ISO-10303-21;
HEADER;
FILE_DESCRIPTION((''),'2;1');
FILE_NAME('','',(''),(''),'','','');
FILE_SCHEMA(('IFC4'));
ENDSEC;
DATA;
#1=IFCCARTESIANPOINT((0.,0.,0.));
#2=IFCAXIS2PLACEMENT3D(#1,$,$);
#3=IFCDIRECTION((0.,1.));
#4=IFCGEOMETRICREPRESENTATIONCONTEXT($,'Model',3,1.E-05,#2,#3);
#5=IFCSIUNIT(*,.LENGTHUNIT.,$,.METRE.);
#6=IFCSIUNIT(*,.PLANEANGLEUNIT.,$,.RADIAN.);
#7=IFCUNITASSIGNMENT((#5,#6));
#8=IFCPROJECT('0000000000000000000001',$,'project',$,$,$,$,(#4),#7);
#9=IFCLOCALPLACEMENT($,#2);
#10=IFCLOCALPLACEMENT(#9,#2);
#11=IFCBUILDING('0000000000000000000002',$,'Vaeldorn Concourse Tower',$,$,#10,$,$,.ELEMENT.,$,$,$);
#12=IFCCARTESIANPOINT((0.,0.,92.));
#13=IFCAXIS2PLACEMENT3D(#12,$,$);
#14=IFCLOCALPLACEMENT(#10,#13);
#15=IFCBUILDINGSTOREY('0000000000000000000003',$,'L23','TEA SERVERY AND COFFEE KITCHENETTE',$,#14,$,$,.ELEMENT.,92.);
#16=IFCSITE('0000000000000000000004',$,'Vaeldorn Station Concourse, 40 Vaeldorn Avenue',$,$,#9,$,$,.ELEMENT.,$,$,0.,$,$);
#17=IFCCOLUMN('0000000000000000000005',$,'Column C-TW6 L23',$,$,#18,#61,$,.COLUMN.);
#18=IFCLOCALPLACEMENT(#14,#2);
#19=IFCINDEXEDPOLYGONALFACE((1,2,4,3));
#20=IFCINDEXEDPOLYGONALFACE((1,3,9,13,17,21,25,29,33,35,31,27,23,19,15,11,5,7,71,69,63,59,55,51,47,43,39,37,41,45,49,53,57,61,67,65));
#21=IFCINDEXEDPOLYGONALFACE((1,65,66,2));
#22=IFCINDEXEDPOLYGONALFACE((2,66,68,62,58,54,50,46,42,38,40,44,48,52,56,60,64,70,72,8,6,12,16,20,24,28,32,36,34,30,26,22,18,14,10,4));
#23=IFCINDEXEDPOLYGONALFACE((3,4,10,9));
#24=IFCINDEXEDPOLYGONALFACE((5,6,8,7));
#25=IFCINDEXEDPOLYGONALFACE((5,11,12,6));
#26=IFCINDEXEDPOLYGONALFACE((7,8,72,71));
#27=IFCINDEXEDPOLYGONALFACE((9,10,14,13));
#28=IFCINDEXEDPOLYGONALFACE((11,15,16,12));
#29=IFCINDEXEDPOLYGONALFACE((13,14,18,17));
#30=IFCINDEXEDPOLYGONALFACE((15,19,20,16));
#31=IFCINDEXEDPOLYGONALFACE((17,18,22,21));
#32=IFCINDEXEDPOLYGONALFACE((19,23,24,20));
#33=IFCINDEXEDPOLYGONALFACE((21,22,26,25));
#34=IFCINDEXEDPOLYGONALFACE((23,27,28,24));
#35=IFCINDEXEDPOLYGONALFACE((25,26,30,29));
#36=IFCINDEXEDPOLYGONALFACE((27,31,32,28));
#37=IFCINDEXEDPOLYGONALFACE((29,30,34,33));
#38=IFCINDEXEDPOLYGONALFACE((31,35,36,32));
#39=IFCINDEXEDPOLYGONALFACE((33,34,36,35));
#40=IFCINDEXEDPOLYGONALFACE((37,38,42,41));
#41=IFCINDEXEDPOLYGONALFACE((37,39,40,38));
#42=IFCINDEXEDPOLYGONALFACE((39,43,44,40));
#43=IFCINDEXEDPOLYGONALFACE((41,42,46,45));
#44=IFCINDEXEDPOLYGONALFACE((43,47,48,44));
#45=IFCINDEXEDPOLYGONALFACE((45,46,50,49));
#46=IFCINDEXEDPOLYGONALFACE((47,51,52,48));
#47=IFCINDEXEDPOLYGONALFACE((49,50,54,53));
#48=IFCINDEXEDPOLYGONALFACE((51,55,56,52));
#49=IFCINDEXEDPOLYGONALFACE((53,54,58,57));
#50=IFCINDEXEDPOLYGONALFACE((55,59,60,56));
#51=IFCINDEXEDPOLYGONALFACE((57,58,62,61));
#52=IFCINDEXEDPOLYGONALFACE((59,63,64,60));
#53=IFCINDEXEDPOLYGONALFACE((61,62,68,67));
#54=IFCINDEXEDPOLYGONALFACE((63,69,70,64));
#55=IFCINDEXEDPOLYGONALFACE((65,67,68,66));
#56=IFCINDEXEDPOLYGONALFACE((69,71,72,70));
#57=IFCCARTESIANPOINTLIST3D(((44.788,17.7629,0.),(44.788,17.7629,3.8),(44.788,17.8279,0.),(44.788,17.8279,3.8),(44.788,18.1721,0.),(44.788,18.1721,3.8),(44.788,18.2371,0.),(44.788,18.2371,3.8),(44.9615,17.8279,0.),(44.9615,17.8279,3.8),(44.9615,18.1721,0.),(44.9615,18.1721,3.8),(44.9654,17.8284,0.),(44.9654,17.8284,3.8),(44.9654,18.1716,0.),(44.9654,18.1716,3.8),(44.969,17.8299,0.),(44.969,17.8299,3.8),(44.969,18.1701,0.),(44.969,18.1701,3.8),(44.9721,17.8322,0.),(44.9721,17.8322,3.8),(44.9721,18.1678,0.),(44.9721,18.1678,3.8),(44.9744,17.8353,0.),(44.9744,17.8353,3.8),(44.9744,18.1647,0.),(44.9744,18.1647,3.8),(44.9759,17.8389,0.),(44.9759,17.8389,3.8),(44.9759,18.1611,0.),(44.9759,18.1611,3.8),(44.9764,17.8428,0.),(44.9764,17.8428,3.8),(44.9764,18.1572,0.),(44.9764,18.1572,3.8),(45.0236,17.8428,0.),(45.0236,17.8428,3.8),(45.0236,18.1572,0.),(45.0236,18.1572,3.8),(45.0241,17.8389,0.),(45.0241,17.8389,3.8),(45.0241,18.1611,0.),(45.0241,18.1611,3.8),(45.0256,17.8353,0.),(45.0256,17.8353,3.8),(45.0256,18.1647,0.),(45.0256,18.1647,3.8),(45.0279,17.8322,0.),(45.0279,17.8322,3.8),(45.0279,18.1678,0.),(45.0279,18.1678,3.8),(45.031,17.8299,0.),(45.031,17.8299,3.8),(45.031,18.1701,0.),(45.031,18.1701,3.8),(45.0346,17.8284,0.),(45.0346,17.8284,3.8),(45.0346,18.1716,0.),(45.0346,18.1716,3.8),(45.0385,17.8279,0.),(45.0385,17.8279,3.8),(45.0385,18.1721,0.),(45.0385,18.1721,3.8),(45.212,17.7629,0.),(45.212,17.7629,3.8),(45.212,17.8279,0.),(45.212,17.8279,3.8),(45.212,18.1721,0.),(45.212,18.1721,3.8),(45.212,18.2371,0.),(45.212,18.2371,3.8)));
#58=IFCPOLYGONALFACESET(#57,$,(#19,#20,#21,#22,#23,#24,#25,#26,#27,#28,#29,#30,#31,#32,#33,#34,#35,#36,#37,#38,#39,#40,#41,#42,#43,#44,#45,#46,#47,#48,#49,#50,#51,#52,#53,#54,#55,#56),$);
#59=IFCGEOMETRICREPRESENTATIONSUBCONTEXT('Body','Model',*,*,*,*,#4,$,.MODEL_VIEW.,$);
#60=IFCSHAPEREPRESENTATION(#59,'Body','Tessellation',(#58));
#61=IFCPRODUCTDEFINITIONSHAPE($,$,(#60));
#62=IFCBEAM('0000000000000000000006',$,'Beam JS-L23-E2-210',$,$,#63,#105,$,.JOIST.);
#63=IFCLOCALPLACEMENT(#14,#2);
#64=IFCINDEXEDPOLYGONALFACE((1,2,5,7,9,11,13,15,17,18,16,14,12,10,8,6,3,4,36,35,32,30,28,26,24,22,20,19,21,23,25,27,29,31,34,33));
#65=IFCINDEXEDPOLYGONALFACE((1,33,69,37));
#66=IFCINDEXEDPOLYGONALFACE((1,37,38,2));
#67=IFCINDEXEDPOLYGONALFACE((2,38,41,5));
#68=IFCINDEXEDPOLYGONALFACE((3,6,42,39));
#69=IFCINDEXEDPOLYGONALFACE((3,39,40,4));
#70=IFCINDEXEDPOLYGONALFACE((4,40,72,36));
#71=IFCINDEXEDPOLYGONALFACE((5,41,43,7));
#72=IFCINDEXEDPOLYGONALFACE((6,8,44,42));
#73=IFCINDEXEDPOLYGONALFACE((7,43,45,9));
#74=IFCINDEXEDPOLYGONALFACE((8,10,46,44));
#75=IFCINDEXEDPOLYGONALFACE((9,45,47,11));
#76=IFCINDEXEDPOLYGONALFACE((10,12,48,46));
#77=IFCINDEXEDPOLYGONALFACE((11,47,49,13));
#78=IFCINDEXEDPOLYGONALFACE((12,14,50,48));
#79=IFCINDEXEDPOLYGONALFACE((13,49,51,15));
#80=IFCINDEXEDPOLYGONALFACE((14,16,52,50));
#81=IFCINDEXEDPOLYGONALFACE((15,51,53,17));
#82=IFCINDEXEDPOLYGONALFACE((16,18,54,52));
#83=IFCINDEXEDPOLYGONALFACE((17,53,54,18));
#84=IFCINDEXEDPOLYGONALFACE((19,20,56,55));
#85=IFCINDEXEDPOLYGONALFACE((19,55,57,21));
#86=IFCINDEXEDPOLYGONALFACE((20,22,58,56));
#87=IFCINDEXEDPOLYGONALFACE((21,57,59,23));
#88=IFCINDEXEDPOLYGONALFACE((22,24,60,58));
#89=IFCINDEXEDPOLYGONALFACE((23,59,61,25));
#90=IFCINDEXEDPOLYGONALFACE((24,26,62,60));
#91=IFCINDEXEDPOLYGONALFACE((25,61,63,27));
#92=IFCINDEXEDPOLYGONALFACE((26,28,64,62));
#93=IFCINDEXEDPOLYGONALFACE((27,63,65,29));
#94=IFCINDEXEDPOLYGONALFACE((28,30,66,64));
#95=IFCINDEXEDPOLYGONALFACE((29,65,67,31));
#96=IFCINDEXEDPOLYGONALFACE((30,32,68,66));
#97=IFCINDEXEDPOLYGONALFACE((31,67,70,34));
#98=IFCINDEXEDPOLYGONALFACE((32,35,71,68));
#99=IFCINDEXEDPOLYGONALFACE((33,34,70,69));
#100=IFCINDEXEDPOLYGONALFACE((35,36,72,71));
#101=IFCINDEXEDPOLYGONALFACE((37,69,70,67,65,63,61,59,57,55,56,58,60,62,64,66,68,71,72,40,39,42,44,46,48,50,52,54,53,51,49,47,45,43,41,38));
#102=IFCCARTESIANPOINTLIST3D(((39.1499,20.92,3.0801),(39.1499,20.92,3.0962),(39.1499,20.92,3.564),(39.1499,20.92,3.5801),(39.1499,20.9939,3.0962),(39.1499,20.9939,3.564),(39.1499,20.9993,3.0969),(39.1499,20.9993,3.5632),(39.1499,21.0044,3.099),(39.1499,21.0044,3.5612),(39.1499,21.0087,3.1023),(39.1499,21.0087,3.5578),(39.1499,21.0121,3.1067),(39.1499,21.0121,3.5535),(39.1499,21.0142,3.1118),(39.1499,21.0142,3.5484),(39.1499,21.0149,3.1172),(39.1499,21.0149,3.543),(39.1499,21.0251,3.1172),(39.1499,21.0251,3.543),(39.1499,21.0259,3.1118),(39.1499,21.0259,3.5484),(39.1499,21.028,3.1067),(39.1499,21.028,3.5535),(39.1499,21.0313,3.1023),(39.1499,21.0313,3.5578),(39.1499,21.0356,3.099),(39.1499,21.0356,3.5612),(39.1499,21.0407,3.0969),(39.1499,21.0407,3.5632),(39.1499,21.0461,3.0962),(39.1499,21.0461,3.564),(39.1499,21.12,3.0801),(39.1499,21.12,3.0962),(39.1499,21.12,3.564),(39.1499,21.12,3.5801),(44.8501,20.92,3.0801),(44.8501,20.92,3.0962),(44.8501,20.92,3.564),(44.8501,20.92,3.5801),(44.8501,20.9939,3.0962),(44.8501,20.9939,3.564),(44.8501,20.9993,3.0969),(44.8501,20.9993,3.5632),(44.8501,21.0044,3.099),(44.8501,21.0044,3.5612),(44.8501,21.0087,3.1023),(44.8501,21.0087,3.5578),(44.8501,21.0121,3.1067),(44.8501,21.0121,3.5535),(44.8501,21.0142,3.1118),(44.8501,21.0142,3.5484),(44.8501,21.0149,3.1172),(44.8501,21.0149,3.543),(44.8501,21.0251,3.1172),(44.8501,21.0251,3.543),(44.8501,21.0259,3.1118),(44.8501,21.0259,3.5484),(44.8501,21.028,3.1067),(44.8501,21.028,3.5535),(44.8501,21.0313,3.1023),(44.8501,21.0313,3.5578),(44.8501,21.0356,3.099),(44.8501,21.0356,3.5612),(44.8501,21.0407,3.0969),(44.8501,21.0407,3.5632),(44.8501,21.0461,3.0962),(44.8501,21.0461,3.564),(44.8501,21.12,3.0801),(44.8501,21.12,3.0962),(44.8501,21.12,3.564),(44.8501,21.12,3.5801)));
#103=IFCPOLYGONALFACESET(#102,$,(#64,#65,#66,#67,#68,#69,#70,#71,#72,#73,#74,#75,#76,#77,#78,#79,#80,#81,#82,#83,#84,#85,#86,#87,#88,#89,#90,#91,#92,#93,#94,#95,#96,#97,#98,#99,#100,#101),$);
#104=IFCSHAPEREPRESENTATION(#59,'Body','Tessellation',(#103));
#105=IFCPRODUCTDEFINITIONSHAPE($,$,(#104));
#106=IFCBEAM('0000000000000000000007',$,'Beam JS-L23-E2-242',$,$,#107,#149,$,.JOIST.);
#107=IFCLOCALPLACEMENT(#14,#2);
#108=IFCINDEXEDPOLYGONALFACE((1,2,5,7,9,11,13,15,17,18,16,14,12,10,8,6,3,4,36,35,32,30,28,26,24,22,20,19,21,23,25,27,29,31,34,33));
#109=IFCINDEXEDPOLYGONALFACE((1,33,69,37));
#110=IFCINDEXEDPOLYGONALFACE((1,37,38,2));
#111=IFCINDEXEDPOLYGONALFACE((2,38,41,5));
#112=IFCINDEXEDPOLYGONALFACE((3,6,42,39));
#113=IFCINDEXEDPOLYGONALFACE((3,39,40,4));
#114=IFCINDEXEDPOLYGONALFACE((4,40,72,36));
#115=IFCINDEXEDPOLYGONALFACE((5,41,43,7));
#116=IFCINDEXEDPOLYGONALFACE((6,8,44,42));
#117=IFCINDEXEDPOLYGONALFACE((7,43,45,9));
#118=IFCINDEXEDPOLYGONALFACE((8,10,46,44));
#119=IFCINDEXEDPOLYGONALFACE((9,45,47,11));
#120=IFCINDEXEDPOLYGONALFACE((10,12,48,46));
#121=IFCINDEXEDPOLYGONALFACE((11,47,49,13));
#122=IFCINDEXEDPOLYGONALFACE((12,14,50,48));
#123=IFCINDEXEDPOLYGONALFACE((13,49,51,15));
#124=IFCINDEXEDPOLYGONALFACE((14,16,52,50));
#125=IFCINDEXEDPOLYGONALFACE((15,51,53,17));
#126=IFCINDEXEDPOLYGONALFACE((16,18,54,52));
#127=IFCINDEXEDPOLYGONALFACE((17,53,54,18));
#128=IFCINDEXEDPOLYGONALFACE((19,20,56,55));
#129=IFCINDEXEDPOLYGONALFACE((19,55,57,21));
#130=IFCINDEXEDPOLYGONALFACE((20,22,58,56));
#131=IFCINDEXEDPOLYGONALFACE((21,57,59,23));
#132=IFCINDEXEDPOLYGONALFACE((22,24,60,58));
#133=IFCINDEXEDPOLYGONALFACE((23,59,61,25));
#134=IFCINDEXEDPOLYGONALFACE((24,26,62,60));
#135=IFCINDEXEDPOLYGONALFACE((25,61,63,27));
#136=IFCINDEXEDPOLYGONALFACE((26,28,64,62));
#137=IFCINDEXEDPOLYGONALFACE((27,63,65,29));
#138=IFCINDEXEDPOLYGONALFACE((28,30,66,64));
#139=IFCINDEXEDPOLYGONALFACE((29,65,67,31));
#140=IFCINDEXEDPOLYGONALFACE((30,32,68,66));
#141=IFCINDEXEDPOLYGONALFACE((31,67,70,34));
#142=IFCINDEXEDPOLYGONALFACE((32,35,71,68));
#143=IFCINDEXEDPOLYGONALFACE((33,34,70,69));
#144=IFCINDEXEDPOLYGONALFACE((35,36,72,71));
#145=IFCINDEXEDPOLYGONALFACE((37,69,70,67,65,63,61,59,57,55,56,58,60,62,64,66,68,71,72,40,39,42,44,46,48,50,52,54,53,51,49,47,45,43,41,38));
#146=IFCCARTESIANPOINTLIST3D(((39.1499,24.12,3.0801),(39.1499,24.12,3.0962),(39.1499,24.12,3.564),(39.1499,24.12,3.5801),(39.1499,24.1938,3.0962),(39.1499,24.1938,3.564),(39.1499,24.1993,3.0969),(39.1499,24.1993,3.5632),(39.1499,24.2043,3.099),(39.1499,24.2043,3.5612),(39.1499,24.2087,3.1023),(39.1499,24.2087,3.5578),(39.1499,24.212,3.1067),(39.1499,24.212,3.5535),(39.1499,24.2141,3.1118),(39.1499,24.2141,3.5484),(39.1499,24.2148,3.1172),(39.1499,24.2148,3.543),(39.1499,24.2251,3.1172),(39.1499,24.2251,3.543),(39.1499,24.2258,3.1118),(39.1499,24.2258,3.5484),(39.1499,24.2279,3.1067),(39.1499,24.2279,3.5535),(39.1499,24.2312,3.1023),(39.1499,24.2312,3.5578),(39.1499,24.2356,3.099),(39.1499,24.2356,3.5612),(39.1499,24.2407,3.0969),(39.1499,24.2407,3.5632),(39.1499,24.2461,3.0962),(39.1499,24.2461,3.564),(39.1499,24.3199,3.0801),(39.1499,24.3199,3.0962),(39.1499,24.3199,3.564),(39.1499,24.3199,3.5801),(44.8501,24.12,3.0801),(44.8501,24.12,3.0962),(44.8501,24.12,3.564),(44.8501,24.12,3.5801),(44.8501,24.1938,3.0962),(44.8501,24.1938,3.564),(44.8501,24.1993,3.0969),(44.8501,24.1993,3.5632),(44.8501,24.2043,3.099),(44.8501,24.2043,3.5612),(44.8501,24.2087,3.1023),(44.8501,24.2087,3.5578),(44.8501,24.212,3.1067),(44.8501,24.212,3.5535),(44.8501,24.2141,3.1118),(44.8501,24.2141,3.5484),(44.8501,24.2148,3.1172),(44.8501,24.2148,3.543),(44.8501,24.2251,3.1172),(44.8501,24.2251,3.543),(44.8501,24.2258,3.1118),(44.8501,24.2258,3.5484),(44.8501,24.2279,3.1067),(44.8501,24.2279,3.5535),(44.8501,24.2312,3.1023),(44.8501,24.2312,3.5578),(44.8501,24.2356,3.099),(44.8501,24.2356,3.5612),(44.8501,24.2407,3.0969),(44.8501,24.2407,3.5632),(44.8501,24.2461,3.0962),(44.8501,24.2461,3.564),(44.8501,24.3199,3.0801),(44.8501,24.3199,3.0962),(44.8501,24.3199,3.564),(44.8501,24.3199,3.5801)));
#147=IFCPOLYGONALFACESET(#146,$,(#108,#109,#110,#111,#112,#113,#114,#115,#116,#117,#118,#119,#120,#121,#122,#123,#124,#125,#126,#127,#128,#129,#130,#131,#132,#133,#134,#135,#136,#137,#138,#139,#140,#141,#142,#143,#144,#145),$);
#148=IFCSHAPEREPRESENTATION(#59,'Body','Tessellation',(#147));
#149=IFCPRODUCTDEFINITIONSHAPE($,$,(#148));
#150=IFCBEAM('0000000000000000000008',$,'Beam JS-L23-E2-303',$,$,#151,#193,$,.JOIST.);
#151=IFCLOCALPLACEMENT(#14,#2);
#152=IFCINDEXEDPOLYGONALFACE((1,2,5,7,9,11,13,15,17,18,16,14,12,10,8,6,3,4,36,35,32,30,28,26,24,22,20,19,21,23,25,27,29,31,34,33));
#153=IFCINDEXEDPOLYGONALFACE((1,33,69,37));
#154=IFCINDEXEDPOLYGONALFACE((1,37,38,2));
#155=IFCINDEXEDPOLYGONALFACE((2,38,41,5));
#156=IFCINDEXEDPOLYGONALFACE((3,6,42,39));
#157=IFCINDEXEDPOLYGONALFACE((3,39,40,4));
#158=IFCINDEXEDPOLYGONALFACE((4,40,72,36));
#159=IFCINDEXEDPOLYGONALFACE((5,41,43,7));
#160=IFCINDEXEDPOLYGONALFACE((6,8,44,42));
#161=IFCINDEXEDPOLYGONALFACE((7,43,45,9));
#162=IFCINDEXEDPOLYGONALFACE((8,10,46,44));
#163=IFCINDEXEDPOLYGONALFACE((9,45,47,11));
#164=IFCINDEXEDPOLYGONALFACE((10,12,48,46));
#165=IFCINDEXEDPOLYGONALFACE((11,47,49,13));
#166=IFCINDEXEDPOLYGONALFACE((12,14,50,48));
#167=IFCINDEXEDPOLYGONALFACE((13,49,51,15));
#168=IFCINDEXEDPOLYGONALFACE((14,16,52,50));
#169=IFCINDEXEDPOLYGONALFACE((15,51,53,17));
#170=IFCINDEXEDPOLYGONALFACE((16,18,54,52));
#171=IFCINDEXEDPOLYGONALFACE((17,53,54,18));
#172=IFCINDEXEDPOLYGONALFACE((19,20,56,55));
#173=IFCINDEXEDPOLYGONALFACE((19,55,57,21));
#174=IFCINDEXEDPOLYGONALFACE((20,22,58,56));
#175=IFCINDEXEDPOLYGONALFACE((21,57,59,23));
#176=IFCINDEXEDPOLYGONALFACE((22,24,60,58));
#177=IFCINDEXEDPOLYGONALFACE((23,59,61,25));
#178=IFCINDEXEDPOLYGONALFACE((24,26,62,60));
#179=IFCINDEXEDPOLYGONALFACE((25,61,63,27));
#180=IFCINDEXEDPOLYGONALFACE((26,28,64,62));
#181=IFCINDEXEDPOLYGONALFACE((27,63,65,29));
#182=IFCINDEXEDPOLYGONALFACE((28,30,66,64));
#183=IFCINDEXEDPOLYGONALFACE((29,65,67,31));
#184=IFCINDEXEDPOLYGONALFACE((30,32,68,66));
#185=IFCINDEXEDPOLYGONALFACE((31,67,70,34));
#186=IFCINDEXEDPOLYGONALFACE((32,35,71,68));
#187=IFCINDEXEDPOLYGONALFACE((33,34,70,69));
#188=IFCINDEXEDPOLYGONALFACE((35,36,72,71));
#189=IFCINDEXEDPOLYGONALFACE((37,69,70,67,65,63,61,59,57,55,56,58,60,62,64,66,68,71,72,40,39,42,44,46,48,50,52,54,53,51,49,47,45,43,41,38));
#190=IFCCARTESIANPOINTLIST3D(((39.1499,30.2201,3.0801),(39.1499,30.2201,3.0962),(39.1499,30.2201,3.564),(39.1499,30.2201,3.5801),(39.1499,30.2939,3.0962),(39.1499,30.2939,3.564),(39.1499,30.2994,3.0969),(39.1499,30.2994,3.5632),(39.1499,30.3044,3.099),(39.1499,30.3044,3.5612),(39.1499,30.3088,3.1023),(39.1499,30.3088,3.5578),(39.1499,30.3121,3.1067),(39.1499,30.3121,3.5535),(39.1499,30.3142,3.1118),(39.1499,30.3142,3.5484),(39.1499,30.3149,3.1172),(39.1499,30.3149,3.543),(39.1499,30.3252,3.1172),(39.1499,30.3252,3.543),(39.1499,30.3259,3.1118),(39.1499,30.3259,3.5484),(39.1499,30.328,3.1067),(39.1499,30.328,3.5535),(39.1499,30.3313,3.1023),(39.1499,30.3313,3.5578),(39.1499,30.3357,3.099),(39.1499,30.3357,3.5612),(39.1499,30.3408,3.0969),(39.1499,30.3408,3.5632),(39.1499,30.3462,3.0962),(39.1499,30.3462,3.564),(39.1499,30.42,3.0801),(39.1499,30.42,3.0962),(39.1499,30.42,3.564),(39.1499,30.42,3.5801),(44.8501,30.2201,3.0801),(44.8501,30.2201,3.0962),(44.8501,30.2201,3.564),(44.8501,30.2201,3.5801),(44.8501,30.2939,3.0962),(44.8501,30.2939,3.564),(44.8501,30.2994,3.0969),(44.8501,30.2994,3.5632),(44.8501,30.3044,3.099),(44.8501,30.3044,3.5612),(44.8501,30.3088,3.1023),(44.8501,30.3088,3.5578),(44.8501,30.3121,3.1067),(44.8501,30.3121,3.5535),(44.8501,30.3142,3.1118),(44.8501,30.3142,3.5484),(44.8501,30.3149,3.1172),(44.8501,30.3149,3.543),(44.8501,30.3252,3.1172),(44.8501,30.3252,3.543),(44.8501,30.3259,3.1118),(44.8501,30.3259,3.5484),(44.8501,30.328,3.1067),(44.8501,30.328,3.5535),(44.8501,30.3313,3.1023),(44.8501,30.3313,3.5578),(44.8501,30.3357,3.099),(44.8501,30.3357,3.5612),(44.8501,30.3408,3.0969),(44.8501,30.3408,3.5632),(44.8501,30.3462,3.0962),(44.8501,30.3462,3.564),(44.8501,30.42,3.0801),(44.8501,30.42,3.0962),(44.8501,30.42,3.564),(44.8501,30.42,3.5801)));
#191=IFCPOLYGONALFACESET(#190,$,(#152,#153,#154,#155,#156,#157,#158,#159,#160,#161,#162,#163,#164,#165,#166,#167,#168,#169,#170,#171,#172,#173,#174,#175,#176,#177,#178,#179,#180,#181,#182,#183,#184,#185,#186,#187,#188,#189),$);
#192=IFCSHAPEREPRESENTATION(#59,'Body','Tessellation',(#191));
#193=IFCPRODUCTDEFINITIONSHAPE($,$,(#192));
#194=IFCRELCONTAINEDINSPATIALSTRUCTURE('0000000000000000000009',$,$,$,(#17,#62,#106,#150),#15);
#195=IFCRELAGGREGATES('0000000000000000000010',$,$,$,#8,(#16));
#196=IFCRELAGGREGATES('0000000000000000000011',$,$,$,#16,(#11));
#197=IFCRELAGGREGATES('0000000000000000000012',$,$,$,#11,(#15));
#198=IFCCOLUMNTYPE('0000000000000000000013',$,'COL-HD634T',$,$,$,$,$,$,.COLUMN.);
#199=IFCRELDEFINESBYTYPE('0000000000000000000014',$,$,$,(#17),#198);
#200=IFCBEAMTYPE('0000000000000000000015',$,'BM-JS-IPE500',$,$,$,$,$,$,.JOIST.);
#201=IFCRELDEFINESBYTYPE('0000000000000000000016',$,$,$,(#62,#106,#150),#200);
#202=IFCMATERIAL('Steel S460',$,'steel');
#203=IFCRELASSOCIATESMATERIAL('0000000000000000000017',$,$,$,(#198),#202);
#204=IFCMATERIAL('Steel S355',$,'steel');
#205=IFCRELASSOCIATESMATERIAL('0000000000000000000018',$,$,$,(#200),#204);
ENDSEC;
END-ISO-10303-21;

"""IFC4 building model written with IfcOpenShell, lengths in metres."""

from ifc_helpers import new_model, si_unit, direction, frame, origin, origin_2d, place, context, subcontext, project, spatial, i_section, extrude, source, transform, mapped, material, material_profile, profile_set, type_object, element, save


model = new_model("IFC4")

# Units and contexts
model_context = context("Model", 3, precision=1e-05, world=origin(), true_north=direction((0.0, 1.0)))
body_context = subcontext(model_context, "Body", "Model", "MODEL_VIEW")
ifc_project = project(units=[si_unit("LENGTHUNIT", "METRE"), si_unit("PLANEANGLEUNIT", "RADIAN")], contexts=[model_context])

# Site, building, storey
site_placement = place(None, origin())
site = spatial("IfcSite", under=ifc_project, at=site_placement, Name="Vaeldorn Station Concourse, 40 Vaeldorn Avenue", CompositionType="ELEMENT", RefElevation=0.0)
building_placement = place(site_placement, origin())
building = spatial("IfcBuilding", under=site, at=building_placement, Name="Vaeldorn Concourse Tower", CompositionType="ELEMENT")
storey_placement = place(building_placement, frame((0.0, 0.0, 92.0)))
storey = spatial("IfcBuildingStorey", under=building, at=storey_placement, Name="L23", Description="TEA SERVERY AND COFFEE KITCHENETTE", CompositionType="ELEMENT", Elevation=92.0)

# Column
ifc_material_1 = material(Name="Steel S460", Category="steel")
ifc_material_profile_1 = material_profile(ifc_material_1, i_section(OverallWidth=0.4241, OverallDepth=0.4741, WebThickness=0.0471, FlangeThickness=0.0649, FilletRadius=0.0149, at=origin_2d()), Name="HD 400x634")
ifc_profile_set_1 = profile_set([ifc_material_profile_1], Name="Steel S460")
column_type_1 = type_object("IfcColumnType", Name="COL-HD634T", PredefinedType="COLUMN", material=ifc_profile_set_1)
shared_shape_1 = source(origin(), body_context, "Body", "SweptSolid", [
    extrude(i_section(OverallWidth=0.4241, OverallDepth=0.4741, WebThickness=0.0471, FlangeThickness=0.0649, FilletRadius=0.0149, at=origin_2d()), origin(), (0.0, 0.0, 1.0), 3.8),
])
for number, where, z_axis, x_axis, name in (
    (1, (45.0, 18.0, 0.0), (0.0, 0.0, 1.0), (1.0, 0.0, 0.0), "Column C-TW6 L23"),
):
    element("IfcColumn", number, at=place(storey_placement, frame(where, z_axis=z_axis, x_axis=x_axis)), inside=storey, type_object=column_type_1, Name=name, PredefinedType="COLUMN", context=body_context, shape_type="MappedRepresentation", body=[
        mapped(shared_shape_1, transform((0.0, 0.0, 0.0), scale=1.0)),
    ])

# Beams
ifc_material_2 = material(Name="Steel S355", Category="steel")
ifc_material_profile_2 = material_profile(ifc_material_2, i_section(OverallWidth=0.2, OverallDepth=0.5, WebThickness=0.0103, FlangeThickness=0.0161, FilletRadius=0.021, at=origin_2d()), Name="IPE 500")
ifc_profile_set_2 = profile_set([ifc_material_profile_2], Name="Steel S355")
beam_type_1 = type_object("IfcBeamType", Name="BM-JS-IPE500", PredefinedType="JOIST", material=ifc_profile_set_2)
shared_shape_2 = source(origin(), body_context, "Body", "SweptSolid", [
    extrude(i_section(OverallWidth=0.2, OverallDepth=0.5, WebThickness=0.0103, FlangeThickness=0.0161, FilletRadius=0.021, at=origin_2d()), origin(), (0.0, 0.0, 1.0), 5.7002),
])
for number, where, z_axis, x_axis, name in (
    (2, (39.1499, 21.02, 3.3301), (1.0, 0.0, 0.0), (0.0, 1.0, 0.0), "Beam JS-L23-E2-210"),
    (3, (39.1499, 24.22, 3.3301), (1.0, 0.0, 0.0), (0.0, 1.0, 0.0), "Beam JS-L23-E2-242"),
    (4, (39.1499, 30.3201, 3.3301), (1.0, 0.0, 0.0), (0.0, 1.0, 0.0), "Beam JS-L23-E2-303"),
):
    element("IfcBeam", number, at=place(storey_placement, frame(where, z_axis=z_axis, x_axis=x_axis)), inside=storey, type_object=beam_type_1, Name=name, PredefinedType="JOIST", context=body_context, shape_type="MappedRepresentation", body=[
        mapped(shared_shape_2, transform((0.0, 0.0, 0.0), scale=1.0)),
    ])

save(model, "model.ifc")
